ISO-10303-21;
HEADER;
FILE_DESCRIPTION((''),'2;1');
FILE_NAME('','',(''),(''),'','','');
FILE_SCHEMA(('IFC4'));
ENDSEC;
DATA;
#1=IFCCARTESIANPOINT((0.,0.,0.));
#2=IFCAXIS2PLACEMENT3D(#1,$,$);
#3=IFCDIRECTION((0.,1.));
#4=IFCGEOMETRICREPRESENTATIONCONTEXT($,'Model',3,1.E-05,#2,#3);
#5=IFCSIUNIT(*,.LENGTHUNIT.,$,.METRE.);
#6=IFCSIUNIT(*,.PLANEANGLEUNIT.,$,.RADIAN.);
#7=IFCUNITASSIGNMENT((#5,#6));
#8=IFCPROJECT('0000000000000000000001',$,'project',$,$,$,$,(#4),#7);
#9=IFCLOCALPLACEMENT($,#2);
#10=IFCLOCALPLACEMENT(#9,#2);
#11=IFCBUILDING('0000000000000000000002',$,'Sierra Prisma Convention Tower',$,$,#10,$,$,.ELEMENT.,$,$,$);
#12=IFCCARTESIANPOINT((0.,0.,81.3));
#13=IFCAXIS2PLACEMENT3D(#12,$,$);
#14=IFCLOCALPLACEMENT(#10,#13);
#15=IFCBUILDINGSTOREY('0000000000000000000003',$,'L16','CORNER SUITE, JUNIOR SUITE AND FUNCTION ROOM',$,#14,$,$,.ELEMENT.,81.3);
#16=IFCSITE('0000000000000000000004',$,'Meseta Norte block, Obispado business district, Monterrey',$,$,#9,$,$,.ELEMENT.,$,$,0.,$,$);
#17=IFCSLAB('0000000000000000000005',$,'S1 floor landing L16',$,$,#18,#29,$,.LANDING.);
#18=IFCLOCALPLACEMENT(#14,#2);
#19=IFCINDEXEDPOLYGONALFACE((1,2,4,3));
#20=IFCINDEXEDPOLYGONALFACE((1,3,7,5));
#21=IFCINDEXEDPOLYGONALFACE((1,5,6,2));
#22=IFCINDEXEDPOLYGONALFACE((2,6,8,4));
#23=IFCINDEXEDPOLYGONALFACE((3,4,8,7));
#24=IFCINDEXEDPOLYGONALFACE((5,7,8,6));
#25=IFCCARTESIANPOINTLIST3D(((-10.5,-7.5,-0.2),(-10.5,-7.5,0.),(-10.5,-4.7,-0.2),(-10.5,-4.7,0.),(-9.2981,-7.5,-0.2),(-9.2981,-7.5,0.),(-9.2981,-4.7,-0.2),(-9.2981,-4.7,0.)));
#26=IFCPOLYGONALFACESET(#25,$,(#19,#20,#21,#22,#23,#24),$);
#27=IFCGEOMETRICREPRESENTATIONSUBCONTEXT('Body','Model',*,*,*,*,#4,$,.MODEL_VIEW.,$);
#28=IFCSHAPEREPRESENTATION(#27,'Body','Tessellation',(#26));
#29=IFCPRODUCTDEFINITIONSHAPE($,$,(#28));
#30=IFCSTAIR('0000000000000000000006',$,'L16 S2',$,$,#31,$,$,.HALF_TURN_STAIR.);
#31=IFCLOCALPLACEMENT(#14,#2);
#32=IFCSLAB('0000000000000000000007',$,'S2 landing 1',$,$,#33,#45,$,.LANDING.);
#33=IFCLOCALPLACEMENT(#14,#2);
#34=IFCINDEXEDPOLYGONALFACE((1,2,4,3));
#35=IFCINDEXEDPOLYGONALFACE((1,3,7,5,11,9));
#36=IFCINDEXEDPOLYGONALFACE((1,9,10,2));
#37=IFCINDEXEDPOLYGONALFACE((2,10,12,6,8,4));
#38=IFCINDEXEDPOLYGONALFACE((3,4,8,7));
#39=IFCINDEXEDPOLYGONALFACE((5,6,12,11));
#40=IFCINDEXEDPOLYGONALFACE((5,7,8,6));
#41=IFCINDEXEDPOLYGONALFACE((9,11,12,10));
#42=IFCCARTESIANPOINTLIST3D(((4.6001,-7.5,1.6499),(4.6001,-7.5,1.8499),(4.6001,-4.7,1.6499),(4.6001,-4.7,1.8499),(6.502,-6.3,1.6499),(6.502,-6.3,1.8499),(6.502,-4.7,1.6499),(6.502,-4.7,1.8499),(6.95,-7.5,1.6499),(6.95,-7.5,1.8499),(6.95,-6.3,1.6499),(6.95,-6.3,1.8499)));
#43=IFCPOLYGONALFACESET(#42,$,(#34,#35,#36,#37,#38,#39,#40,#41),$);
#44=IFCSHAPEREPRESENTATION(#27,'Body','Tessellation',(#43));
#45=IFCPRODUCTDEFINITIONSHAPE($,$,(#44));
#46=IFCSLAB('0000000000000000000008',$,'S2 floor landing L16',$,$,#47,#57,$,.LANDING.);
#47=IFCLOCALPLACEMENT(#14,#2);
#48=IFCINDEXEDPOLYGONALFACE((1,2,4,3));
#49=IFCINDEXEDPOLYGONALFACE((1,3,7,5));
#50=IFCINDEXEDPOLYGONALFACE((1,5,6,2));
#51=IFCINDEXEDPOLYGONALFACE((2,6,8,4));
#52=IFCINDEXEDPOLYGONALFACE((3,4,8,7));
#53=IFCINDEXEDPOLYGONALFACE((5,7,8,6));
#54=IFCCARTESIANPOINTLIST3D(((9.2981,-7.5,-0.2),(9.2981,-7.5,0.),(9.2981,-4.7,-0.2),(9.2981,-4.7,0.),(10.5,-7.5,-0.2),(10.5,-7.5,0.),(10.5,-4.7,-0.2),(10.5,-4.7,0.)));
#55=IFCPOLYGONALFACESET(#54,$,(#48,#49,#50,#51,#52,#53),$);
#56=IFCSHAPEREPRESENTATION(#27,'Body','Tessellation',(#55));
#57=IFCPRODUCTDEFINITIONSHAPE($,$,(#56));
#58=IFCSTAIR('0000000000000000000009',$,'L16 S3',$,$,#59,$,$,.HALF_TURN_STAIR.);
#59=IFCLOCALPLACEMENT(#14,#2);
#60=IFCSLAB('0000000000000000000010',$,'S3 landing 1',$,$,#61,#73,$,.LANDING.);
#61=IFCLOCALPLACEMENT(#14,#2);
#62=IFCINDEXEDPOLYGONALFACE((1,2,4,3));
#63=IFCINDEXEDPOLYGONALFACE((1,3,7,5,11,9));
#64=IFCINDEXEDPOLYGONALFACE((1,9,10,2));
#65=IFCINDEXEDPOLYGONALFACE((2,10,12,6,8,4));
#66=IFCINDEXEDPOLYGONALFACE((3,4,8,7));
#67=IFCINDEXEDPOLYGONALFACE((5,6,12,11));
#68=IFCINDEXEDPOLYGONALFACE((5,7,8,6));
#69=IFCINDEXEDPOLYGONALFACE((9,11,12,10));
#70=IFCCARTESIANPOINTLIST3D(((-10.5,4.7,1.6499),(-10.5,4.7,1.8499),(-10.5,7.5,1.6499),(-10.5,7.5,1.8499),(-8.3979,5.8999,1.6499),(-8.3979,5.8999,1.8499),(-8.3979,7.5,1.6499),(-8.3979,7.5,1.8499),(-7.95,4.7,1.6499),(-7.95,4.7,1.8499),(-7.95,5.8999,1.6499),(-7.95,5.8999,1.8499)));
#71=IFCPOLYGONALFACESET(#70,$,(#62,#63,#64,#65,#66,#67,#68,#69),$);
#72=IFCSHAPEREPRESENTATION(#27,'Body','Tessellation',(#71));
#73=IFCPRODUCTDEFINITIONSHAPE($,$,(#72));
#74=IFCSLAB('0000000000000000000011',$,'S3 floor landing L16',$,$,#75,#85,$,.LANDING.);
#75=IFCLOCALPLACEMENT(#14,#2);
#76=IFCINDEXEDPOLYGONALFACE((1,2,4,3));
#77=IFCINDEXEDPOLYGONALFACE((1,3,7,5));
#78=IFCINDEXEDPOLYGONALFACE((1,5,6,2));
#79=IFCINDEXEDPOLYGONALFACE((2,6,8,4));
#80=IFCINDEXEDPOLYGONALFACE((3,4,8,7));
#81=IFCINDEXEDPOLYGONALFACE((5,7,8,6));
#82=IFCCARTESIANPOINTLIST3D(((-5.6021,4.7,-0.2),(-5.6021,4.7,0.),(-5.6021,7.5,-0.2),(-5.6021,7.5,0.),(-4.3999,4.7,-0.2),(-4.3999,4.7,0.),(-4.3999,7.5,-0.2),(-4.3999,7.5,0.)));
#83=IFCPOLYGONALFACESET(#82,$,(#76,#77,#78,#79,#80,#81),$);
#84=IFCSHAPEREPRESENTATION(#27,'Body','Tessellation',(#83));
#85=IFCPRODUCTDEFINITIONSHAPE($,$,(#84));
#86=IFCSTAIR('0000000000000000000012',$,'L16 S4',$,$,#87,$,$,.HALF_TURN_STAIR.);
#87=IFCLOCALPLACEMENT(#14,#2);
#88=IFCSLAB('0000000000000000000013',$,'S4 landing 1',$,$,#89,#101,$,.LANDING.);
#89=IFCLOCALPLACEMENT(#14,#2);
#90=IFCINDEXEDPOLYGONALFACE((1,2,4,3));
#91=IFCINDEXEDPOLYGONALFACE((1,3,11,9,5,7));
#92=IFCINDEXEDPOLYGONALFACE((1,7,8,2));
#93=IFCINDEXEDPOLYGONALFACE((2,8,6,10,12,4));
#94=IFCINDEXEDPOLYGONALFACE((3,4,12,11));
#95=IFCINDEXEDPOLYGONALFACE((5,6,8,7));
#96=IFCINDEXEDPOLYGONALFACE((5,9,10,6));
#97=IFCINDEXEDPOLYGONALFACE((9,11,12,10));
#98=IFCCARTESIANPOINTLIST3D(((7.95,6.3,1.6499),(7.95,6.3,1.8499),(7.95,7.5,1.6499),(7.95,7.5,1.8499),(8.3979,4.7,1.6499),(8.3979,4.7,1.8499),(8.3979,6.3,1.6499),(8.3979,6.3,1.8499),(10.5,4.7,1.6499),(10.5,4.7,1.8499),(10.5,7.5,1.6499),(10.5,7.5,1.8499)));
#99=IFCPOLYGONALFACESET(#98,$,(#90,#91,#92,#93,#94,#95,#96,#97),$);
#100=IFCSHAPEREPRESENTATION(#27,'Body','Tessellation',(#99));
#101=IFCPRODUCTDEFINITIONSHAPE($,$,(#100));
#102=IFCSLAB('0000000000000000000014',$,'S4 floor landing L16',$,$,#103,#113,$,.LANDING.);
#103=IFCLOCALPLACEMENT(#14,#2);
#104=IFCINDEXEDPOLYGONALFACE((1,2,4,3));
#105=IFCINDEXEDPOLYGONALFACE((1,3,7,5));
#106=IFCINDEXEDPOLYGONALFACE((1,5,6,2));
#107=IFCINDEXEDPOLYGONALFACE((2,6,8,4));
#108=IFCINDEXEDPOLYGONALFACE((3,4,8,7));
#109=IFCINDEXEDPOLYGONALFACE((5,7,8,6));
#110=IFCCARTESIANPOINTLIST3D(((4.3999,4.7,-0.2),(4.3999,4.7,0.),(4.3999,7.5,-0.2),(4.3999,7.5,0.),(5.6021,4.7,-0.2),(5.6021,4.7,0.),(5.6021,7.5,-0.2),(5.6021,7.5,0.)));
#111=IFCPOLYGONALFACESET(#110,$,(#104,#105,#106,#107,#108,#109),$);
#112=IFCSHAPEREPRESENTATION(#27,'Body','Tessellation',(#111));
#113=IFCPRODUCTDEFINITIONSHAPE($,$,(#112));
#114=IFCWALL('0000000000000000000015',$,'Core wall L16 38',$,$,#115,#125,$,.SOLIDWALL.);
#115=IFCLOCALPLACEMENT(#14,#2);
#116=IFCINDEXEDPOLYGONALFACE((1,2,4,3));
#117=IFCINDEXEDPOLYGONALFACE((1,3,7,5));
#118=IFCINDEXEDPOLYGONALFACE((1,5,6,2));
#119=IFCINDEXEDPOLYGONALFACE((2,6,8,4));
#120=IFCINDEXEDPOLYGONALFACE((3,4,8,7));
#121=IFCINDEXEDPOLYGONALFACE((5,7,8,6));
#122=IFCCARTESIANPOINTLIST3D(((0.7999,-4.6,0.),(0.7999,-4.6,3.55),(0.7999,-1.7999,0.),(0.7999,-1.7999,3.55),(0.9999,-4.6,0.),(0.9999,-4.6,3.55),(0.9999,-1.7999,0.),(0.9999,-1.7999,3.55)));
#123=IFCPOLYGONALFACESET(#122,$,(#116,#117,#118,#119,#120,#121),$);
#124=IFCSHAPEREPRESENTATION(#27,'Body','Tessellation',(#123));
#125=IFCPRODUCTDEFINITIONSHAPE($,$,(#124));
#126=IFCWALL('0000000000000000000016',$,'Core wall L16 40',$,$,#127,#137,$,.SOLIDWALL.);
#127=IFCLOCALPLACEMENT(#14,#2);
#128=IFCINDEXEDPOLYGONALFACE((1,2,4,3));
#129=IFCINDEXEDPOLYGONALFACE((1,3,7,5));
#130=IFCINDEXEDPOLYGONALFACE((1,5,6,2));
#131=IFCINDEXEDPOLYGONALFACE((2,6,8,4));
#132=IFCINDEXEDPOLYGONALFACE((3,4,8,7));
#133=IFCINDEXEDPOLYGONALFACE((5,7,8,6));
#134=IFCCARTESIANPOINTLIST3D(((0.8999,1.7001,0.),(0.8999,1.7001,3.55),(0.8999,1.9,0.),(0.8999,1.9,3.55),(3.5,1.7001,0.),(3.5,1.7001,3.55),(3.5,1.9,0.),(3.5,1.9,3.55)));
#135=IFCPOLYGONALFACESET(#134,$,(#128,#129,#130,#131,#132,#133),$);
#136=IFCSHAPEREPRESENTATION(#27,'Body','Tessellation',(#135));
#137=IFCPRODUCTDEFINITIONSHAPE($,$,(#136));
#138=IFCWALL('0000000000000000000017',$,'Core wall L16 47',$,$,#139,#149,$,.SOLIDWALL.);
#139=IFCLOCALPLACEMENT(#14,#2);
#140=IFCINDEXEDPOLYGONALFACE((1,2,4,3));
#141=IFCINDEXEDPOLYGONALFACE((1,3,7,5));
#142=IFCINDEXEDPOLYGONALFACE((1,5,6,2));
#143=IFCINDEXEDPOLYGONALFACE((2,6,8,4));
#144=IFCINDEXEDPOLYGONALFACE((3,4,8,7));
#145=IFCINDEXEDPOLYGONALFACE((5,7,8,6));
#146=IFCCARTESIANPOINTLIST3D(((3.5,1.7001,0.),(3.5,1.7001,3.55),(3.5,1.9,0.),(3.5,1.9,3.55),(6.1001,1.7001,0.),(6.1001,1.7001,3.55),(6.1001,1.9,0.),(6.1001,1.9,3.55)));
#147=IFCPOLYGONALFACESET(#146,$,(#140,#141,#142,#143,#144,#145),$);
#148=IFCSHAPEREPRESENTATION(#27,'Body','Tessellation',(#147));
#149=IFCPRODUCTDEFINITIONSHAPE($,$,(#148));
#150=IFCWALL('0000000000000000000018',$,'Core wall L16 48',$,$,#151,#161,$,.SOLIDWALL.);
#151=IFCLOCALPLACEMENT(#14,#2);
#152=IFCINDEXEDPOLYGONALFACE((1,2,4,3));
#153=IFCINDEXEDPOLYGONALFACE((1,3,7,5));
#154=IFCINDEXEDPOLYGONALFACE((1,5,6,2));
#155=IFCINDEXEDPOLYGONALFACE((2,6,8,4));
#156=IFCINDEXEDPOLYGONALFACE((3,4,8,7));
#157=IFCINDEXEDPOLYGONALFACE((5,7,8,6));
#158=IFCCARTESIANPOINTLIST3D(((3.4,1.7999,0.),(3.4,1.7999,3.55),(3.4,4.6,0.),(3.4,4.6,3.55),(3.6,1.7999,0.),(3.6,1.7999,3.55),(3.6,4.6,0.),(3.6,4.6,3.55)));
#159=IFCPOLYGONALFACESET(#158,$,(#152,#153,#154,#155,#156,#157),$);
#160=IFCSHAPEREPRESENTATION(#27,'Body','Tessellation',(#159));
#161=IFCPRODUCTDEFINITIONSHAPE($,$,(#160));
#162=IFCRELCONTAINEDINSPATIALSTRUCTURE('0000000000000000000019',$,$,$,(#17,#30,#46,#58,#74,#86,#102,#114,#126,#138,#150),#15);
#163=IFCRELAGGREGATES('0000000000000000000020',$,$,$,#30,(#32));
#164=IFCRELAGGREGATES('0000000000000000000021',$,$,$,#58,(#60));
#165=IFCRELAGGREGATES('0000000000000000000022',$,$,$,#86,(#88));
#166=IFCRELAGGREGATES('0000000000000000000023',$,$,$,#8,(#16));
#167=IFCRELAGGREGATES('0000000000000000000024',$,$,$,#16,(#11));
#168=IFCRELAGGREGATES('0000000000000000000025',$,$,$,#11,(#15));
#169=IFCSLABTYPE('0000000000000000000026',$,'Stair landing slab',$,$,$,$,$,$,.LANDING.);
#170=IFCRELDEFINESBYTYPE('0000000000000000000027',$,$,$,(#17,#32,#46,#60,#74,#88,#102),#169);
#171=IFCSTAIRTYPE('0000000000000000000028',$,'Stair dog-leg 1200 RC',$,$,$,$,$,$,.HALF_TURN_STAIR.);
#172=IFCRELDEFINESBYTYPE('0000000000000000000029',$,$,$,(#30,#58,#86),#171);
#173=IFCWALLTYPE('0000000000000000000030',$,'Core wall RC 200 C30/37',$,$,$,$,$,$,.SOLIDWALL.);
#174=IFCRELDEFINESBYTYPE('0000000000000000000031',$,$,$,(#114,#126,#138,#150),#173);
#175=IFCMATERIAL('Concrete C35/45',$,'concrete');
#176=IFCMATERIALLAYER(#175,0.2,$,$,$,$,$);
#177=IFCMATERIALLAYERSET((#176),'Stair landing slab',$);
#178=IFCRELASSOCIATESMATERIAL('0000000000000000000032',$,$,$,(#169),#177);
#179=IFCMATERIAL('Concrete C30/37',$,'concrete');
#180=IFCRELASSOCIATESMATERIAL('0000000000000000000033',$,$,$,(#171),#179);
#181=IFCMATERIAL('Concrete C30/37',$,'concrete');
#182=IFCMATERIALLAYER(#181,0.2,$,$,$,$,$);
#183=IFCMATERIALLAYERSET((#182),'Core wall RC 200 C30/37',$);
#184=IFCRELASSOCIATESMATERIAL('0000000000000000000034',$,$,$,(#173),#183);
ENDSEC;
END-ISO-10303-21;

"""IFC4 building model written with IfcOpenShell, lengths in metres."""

from ifc_helpers import new_model, si_unit, direction, frame, frame_2d, origin, place, context, subcontext, project, spatial, polyline, rectangle, outline, extrude, material, layer, layer_set, type_object, element, aggregate, save


model = new_model("IFC4")

# Units and contexts
model_context = context("Model", 3, precision=1e-05, world=origin(), true_north=direction((0.0, 1.0)))
body_context = subcontext(model_context, "Body", "Model", "MODEL_VIEW")
ifc_project = project(units=[si_unit("LENGTHUNIT", "METRE"), si_unit("PLANEANGLEUNIT", "RADIAN")], contexts=[model_context])

# Site, building, storey
site_placement = place(None, origin())
site = spatial("IfcSite", under=ifc_project, at=site_placement, Name="Meseta Norte block, Obispado business district, Monterrey", CompositionType="ELEMENT", RefElevation=0.0)
building_placement = place(site_placement, origin())
building = spatial("IfcBuilding", under=site, at=building_placement, Name="Sierra Prisma Convention Tower", CompositionType="ELEMENT")
storey_placement = place(building_placement, frame((0.0, 0.0, 81.3)))
storey = spatial("IfcBuildingStorey", under=building, at=storey_placement, Name="L16", Description="CORNER SUITE, JUNIOR SUITE AND FUNCTION ROOM", CompositionType="ELEMENT", Elevation=81.3)

# Slab
ifc_material_1 = material(Name="Concrete C35/45", Category="concrete")
ifc_layer_1 = layer(ifc_material_1, 0.2)
ifc_layer_set_1 = layer_set([ifc_layer_1], Name="Stair landing slab")
slab_type = type_object("IfcSlabType", Name="Stair landing slab", PredefinedType="LANDING", material=ifc_layer_set_1)
slab_1_placement = place(storey_placement, frame((0.0, 0.0, -0.2)))
element("IfcSlab", 1, at=slab_1_placement, inside=storey, type_object=slab_type, Name="S1 floor landing L16", PredefinedType="LANDING", context=body_context, shape_type="SweptSolid", body=[
    extrude(outline(polyline([(-10.5, -7.5), (-9.2981, -7.5), (-9.2981, -4.7), (-10.5, -4.7), (-10.5, -7.5)])), origin(), (0.0, 0.0, 1.0), 0.2),
])

# Stair, slab
ifc_material_2 = material(Name="Concrete C30/37", Category="concrete")
stair_type = type_object("IfcStairType", Name="Stair dog-leg 1200 RC", PredefinedType="HALF_TURN_STAIR", material=ifc_material_2)
stair_1_placement = place(storey_placement, origin())
stair_1 = element("IfcStair", 2, at=stair_1_placement, inside=storey, type_object=stair_type, Name="L16 S2", PredefinedType="HALF_TURN_STAIR")
slab_2_placement = place(storey_placement, frame((0.0, 0.0, 1.6499)))
slab_2 = element("IfcSlab", 3, at=slab_2_placement, type_object=slab_type, Name="S2 landing 1", PredefinedType="LANDING", context=body_context, shape_type="SweptSolid", body=[
    extrude(outline(polyline([(6.95, -6.3), (6.95, -7.5), (4.6001, -7.5), (4.6001, -4.7), (6.502, -4.7), (6.502, -6.3), (6.95, -6.3)])), origin(), (0.0, 0.0, 1.0), 0.2),
])
aggregate(stair_1, [slab_2])

# Slab
slab_3_placement = place(storey_placement, frame((0.0, 0.0, -0.2)))
element("IfcSlab", 4, at=slab_3_placement, inside=storey, type_object=slab_type, Name="S2 floor landing L16", PredefinedType="LANDING", context=body_context, shape_type="SweptSolid", body=[
    extrude(outline(polyline([(10.5, -4.7), (9.2981, -4.7), (9.2981, -7.5), (10.5, -7.5), (10.5, -4.7)])), origin(), (0.0, 0.0, 1.0), 0.2),
])

# Stair, slab
stair_2_placement = place(storey_placement, origin())
stair_2 = element("IfcStair", 5, at=stair_2_placement, inside=storey, type_object=stair_type, Name="L16 S3", PredefinedType="HALF_TURN_STAIR")
slab_4_placement = place(storey_placement, frame((0.0, 0.0, 1.6499)))
slab_4 = element("IfcSlab", 6, at=slab_4_placement, type_object=slab_type, Name="S3 landing 1", PredefinedType="LANDING", context=body_context, shape_type="SweptSolid", body=[
    extrude(outline(polyline([(-7.95, 5.8999), (-7.95, 4.7), (-10.5, 4.7), (-10.5, 7.5), (-8.3979, 7.5), (-8.3979, 5.8999), (-7.95, 5.8999)])), origin(), (0.0, 0.0, 1.0), 0.2),
])
aggregate(stair_2, [slab_4])

# Slab
slab_5_placement = place(storey_placement, frame((0.0, 0.0, -0.2)))
element("IfcSlab", 7, at=slab_5_placement, inside=storey, type_object=slab_type, Name="S3 floor landing L16", PredefinedType="LANDING", context=body_context, shape_type="SweptSolid", body=[
    extrude(outline(polyline([(-4.3999, 7.5), (-5.6021, 7.5), (-5.6021, 4.7), (-4.3999, 4.7), (-4.3999, 7.5)])), origin(), (0.0, 0.0, 1.0), 0.2),
])

# Stair, slab
stair_3_placement = place(storey_placement, origin())
stair_3 = element("IfcStair", 8, at=stair_3_placement, inside=storey, type_object=stair_type, Name="L16 S4", PredefinedType="HALF_TURN_STAIR")
slab_6_placement = place(storey_placement, frame((0.0, 0.0, 1.6499)))
slab_6 = element("IfcSlab", 9, at=slab_6_placement, type_object=slab_type, Name="S4 landing 1", PredefinedType="LANDING", context=body_context, shape_type="SweptSolid", body=[
    extrude(outline(polyline([(10.5, 7.5), (10.5, 4.7), (8.3979, 4.7), (8.3979, 6.3), (7.95, 6.3), (7.95, 7.5), (10.5, 7.5)])), origin(), (0.0, 0.0, 1.0), 0.2),
])
aggregate(stair_3, [slab_6])

# Slab
slab_7_placement = place(storey_placement, frame((0.0, 0.0, -0.2)))
element("IfcSlab", 10, at=slab_7_placement, inside=storey, type_object=slab_type, Name="S4 floor landing L16", PredefinedType="LANDING", context=body_context, shape_type="SweptSolid", body=[
    extrude(outline(polyline([(4.3999, 4.7), (5.6021, 4.7), (5.6021, 7.5), (4.3999, 7.5), (4.3999, 4.7)])), origin(), (0.0, 0.0, 1.0), 0.2),
])

# Shared definitions
ifc_material_3 = material(Name="Concrete C30/37", Category="concrete")
ifc_layer_2 = layer(ifc_material_3, 0.2)
ifc_layer_set_2 = layer_set([ifc_layer_2], Name="Core wall RC 200 C30/37")
wall_type = type_object("IfcWallType", Name="Core wall RC 200 C30/37", PredefinedType="SOLIDWALL", material=ifc_layer_set_2)

# Wall
wall_1_placement = place(storey_placement, frame((0.8999, -1.8, 0.0), z_axis=(0.0, 0.0, 1.0), x_axis=(0.0, -1.0, 0.0)))
element("IfcWall", 11, at=wall_1_placement, inside=storey, type_object=wall_type, Name="Core wall L16 38", PredefinedType="SOLIDWALL", context=body_context, shape_type="SweptSolid", body=[
    extrude(rectangle(XDim=2.8, YDim=0.2, at=frame_2d((1.3999, 0.0))), origin(), (0.0, 0.0, 1.0), 3.55),
])

# Wall
wall_2_placement = place(storey_placement, frame((3.5, 1.8, 0.0), z_axis=(0.0, 0.0, 1.0), x_axis=(-1.0, 0.0, 0.0)))
element("IfcWall", 12, at=wall_2_placement, inside=storey, type_object=wall_type, Name="Core wall L16 40", PredefinedType="SOLIDWALL", context=body_context, shape_type="SweptSolid", body=[
    extrude(rectangle(XDim=2.6001, YDim=0.2, at=frame_2d((1.3, 0.0))), origin(), (0.0, 0.0, 1.0), 3.55),
])

# Walls
wall_3_placement = place(storey_placement, frame((6.1001, 1.8, 0.0), z_axis=(0.0, 0.0, 1.0), x_axis=(-1.0, 0.0, 0.0)))
element("IfcWall", 13, at=wall_3_placement, inside=storey, type_object=wall_type, Name="Core wall L16 47", PredefinedType="SOLIDWALL", context=body_context, shape_type="SweptSolid", body=[
    extrude(rectangle(XDim=2.6001, YDim=0.2, at=frame_2d((1.3, 0.0))), origin(), (0.0, 0.0, 1.0), 3.55),
])
wall_4_placement = place(storey_placement, frame((3.5, 1.8, 0.0), z_axis=(0.0, 0.0, 1.0), x_axis=(0.0, 1.0, 0.0)))
element("IfcWall", 14, at=wall_4_placement, inside=storey, type_object=wall_type, Name="Core wall L16 48", PredefinedType="SOLIDWALL", context=body_context, shape_type="SweptSolid", body=[
    extrude(rectangle(XDim=2.8, YDim=0.2, at=frame_2d((1.3999, 0.0))), origin(), (0.0, 0.0, 1.0), 3.55),
])

save(model, "model.ifc")
